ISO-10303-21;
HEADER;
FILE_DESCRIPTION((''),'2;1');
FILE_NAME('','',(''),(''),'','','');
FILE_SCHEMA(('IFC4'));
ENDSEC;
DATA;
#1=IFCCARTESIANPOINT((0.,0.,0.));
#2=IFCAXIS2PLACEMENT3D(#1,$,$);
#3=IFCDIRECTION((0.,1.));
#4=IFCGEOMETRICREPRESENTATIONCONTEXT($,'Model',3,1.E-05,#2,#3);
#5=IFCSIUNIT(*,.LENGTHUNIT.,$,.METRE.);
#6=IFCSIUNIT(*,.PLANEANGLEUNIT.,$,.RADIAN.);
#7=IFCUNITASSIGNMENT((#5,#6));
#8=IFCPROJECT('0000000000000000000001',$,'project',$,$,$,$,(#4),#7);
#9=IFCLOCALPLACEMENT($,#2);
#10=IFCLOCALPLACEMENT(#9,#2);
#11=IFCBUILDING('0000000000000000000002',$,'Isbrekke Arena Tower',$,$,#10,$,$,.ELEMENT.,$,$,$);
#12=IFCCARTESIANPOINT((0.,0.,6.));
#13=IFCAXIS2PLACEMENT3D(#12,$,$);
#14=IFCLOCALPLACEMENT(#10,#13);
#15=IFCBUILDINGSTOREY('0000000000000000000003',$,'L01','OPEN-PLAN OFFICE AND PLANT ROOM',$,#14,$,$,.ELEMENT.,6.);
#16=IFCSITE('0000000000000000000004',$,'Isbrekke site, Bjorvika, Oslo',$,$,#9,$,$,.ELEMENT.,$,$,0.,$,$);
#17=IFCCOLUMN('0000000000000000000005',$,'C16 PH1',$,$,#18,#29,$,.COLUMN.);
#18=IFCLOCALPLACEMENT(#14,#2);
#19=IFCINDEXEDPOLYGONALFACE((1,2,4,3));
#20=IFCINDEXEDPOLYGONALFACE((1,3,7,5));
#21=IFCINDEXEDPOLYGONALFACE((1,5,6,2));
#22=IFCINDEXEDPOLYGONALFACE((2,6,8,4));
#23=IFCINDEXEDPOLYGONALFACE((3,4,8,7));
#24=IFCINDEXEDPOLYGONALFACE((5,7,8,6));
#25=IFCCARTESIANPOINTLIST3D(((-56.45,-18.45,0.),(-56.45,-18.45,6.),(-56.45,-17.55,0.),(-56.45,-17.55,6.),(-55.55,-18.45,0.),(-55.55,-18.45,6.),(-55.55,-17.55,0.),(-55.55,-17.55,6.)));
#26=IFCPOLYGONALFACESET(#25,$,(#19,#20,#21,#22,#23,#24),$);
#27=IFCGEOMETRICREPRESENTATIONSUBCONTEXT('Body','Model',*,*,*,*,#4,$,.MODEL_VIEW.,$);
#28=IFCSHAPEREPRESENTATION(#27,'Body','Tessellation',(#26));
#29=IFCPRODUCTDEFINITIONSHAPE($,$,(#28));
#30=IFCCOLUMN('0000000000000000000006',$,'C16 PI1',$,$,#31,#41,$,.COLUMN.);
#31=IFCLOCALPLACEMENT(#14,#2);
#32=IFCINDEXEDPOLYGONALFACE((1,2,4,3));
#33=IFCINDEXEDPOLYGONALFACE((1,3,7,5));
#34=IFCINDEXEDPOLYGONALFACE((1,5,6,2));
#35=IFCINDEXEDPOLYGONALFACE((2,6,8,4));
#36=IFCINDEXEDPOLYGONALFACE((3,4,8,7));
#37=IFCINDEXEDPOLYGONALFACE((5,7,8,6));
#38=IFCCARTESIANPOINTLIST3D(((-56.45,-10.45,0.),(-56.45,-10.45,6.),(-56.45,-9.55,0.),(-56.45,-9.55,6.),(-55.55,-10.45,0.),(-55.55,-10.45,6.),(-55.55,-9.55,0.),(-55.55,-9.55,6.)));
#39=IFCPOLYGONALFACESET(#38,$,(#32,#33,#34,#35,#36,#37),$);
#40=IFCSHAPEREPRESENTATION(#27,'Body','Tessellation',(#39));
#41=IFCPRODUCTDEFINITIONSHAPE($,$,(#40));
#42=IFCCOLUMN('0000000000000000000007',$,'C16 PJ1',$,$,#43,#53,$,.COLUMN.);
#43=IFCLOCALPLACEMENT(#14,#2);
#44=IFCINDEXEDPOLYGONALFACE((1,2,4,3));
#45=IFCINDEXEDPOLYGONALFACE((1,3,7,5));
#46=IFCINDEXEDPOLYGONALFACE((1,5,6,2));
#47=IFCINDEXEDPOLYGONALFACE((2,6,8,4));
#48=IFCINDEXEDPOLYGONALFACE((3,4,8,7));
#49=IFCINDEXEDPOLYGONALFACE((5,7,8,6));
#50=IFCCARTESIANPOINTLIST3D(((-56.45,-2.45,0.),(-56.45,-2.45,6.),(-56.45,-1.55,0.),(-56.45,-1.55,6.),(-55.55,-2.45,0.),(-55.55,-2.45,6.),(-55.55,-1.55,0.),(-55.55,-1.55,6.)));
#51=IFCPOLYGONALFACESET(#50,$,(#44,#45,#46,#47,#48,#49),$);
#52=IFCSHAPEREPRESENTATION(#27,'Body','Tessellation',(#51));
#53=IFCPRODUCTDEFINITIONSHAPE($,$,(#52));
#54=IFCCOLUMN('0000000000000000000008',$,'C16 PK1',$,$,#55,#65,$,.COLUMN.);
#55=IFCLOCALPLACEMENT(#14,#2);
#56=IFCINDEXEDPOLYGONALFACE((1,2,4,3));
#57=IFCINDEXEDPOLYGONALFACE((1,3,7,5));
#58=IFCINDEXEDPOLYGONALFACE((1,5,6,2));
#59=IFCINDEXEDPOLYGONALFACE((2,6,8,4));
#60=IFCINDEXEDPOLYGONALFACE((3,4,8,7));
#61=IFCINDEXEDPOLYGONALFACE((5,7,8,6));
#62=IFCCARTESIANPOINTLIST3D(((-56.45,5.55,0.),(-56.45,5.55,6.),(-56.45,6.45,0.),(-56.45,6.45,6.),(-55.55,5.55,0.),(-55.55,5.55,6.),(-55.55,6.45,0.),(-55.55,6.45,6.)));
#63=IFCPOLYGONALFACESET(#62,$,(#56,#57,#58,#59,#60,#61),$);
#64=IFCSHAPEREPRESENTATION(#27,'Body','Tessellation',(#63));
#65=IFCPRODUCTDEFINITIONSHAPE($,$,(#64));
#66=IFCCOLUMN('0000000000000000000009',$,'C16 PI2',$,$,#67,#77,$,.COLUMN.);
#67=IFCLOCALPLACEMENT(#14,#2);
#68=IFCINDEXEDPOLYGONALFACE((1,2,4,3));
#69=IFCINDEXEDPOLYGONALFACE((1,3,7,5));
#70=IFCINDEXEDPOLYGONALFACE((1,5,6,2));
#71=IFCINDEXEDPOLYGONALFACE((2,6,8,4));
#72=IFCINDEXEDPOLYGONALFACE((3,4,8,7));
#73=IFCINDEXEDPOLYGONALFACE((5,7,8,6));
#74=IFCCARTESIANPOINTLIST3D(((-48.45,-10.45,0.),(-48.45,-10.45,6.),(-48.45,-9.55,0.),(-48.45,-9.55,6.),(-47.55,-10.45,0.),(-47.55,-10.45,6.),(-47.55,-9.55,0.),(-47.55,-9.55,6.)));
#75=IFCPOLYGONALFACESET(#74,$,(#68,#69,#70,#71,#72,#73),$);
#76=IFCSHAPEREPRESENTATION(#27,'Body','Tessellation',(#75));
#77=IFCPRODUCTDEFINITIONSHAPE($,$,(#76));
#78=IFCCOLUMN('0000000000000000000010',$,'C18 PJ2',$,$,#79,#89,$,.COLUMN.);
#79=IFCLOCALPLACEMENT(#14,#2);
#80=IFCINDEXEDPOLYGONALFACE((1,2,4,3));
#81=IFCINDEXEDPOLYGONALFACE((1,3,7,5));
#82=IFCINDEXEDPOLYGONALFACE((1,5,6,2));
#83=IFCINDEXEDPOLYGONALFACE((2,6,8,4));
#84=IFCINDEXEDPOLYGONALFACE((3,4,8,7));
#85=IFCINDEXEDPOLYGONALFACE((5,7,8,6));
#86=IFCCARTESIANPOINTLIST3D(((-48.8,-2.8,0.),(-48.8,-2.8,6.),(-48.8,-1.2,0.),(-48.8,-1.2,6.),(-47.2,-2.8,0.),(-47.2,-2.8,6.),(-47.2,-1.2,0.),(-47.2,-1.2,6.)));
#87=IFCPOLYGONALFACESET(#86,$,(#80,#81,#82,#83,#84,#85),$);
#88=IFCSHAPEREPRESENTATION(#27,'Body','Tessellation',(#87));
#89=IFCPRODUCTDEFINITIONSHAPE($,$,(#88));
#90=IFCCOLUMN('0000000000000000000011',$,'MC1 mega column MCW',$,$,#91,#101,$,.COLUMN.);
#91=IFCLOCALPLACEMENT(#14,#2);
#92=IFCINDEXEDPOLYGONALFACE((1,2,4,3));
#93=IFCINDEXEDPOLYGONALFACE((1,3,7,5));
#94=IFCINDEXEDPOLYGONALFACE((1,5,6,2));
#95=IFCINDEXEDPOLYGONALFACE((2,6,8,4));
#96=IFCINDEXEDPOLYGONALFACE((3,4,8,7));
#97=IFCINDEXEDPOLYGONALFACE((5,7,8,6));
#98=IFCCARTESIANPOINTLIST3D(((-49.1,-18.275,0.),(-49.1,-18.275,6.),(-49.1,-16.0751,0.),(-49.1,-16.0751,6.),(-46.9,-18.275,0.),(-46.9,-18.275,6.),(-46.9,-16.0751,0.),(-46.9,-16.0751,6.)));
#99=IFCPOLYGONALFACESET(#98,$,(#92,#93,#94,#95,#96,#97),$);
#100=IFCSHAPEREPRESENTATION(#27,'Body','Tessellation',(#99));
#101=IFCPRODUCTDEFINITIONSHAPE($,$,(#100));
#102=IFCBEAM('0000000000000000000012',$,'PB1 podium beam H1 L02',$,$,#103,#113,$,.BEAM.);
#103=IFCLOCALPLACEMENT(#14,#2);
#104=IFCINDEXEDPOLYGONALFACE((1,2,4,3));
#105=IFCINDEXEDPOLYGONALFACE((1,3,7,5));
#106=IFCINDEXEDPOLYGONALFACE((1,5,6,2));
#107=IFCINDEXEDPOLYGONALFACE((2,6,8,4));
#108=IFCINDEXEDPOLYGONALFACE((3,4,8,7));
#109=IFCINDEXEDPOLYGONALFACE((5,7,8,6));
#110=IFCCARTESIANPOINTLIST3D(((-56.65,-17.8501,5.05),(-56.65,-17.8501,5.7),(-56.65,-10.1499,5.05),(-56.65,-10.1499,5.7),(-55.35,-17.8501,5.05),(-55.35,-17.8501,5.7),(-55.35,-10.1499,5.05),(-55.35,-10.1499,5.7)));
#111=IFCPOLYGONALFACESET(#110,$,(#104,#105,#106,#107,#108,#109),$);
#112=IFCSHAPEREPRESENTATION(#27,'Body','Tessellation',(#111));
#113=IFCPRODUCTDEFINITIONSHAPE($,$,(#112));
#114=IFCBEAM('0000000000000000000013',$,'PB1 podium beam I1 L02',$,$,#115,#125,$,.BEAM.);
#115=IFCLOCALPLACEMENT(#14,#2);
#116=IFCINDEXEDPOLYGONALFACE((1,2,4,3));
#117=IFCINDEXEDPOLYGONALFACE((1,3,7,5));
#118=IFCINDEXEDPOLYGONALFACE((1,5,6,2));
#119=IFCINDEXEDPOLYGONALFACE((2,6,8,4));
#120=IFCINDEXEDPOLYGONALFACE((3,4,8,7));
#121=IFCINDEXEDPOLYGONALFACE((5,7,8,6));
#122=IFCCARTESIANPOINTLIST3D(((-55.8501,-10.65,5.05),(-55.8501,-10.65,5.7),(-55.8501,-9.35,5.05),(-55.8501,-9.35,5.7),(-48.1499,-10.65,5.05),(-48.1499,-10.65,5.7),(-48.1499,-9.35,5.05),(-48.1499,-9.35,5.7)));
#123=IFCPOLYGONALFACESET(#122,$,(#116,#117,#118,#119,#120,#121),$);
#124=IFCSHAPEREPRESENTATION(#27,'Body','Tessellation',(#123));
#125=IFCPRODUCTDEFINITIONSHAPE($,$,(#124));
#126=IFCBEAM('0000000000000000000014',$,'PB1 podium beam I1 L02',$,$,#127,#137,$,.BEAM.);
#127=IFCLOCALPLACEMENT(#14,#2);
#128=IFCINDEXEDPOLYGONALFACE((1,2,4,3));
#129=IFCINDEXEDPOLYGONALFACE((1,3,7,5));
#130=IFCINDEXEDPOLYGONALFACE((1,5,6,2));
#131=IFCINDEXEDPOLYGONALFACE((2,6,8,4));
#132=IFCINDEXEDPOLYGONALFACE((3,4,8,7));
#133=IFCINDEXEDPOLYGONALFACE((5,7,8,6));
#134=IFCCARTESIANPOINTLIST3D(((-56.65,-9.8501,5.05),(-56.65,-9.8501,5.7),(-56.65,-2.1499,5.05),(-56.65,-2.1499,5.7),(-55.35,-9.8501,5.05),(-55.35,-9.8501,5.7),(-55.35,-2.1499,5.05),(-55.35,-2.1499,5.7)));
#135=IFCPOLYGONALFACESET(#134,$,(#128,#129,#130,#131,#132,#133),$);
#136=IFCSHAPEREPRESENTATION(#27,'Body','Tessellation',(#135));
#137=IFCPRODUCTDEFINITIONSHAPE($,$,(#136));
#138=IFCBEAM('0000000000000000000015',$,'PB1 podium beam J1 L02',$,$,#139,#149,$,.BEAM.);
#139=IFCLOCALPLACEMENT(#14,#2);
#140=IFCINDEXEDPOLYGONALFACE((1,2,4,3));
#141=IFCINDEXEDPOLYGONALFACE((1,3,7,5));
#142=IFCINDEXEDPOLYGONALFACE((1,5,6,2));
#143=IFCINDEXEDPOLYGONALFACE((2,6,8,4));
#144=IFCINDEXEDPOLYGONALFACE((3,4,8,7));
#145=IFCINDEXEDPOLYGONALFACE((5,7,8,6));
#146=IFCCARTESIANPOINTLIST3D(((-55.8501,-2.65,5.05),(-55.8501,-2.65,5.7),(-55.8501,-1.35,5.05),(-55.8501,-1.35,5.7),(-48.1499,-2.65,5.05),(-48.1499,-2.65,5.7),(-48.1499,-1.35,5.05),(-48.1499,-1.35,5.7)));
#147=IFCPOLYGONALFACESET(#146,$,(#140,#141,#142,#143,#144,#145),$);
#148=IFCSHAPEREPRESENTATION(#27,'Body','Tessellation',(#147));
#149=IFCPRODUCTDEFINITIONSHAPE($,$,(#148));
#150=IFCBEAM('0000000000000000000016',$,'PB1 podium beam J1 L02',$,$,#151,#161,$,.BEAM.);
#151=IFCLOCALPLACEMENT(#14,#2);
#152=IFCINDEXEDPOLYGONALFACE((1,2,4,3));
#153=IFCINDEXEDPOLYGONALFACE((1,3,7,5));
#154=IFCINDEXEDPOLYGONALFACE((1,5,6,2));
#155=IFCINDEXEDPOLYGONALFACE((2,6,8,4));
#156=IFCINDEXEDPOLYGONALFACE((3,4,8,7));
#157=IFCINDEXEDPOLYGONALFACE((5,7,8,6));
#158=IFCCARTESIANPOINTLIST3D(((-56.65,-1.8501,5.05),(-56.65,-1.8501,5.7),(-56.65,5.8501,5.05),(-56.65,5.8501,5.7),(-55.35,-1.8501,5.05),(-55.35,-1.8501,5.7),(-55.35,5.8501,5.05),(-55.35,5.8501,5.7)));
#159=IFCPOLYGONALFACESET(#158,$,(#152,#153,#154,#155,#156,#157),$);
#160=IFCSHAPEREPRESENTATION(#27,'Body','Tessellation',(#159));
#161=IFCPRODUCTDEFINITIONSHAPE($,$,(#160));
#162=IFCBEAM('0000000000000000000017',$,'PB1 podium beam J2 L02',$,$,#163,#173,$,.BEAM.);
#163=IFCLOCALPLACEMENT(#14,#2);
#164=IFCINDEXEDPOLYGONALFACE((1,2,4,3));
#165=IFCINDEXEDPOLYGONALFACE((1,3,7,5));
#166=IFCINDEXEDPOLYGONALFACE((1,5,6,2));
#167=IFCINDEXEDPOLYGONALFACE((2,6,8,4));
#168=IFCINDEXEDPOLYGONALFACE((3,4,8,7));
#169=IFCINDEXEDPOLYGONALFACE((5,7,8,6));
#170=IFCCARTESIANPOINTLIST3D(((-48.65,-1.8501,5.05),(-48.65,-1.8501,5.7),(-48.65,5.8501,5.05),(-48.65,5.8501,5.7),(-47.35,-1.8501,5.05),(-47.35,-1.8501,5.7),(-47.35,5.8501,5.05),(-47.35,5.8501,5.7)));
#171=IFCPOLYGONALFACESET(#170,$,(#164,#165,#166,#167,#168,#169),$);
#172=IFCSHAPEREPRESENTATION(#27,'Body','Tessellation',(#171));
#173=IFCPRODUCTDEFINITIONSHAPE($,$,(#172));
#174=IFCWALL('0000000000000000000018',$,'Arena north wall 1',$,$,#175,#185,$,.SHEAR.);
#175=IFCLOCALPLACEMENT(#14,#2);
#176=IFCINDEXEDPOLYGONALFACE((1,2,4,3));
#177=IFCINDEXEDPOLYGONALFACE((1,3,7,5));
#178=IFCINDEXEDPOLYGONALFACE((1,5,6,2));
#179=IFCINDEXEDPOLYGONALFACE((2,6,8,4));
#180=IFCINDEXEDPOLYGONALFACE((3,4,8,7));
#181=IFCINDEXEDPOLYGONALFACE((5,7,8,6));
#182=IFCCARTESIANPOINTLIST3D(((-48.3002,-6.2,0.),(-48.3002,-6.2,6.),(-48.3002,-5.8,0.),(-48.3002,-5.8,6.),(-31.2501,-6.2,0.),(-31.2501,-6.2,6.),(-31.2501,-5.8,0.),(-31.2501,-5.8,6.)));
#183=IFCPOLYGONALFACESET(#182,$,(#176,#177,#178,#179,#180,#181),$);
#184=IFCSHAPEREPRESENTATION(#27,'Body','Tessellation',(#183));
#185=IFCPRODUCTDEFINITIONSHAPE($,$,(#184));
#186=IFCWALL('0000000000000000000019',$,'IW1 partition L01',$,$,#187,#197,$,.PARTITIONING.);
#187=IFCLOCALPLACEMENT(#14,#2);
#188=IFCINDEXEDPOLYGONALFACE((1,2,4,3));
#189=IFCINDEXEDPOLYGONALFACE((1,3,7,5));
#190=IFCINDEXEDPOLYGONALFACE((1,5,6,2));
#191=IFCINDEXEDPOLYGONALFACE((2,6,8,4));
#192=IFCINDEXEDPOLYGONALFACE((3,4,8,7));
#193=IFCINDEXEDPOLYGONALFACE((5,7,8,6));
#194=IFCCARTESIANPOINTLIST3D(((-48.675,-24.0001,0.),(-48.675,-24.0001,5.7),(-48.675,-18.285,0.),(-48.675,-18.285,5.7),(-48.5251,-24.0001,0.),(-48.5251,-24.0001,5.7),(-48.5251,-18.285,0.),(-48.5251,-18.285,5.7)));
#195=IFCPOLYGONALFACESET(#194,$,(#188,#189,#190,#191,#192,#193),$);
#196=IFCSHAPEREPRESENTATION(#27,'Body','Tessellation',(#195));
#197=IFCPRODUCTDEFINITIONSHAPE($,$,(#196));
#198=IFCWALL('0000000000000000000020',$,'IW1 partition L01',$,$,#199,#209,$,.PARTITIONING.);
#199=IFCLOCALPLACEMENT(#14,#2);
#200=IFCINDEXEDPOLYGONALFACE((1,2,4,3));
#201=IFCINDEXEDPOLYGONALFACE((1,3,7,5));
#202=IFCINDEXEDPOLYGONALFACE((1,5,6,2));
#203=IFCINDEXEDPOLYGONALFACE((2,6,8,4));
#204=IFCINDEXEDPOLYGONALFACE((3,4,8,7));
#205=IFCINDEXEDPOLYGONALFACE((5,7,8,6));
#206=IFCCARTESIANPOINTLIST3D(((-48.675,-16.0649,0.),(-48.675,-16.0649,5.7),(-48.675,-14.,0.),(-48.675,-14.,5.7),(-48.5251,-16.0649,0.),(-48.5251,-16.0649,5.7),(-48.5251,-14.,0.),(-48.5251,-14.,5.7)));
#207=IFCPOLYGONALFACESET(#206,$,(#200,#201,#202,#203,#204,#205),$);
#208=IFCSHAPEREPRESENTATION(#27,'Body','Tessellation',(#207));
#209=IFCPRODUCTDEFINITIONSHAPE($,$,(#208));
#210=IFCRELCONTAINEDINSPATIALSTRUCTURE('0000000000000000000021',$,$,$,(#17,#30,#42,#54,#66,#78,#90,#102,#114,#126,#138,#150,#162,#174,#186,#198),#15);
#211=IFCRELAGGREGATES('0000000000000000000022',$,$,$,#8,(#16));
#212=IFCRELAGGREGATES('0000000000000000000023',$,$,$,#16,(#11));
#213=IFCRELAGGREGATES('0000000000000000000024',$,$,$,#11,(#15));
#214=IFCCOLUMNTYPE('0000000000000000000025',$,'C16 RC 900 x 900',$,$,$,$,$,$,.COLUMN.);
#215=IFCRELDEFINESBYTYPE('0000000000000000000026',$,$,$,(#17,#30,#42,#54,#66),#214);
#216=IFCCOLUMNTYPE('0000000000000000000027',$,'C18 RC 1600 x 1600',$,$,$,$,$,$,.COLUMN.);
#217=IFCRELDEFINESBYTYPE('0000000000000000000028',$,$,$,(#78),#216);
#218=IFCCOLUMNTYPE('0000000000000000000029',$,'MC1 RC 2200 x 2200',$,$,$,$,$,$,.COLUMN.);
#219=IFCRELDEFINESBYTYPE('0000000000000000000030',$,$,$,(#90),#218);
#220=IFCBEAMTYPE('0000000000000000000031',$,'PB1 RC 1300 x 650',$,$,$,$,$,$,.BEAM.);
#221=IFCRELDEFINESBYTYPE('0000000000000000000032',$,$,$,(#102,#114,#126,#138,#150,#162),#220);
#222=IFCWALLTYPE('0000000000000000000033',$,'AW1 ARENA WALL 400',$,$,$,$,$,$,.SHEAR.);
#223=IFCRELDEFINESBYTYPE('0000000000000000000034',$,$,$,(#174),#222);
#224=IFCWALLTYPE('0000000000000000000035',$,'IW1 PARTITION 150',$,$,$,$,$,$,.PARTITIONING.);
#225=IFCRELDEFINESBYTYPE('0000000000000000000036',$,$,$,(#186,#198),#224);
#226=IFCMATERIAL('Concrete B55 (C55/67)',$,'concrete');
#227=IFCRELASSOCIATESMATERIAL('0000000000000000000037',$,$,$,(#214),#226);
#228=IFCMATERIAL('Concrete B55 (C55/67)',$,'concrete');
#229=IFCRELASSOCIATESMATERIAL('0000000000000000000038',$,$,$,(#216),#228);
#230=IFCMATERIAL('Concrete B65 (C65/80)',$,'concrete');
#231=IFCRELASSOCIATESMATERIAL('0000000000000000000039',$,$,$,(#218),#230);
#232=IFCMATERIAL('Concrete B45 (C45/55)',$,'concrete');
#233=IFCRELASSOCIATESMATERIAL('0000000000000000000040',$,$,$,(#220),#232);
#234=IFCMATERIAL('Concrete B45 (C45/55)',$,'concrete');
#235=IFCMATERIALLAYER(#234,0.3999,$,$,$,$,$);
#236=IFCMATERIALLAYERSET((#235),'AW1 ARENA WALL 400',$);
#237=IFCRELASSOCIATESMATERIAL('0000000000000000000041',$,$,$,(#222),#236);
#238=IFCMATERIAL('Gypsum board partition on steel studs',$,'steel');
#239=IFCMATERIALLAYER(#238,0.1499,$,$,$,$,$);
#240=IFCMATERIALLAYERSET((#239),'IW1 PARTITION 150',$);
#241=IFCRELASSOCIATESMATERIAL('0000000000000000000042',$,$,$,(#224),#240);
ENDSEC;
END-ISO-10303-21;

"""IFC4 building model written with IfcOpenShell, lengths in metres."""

from ifc_helpers import new_model, si_unit, direction, frame, frame_2d, origin, origin_2d, place, context, subcontext, project, spatial, rectangle, extrude, material, layer, layer_set, material_profile, profile_set, type_object, element, save


model = new_model("IFC4")

# Units and contexts
model_context = context("Model", 3, precision=1e-05, world=origin(), true_north=direction((0.0, 1.0)))
body_context = subcontext(model_context, "Body", "Model", "MODEL_VIEW")
ifc_project = project(units=[si_unit("LENGTHUNIT", "METRE"), si_unit("PLANEANGLEUNIT", "RADIAN")], contexts=[model_context])

# Site, building, storey
site_placement = place(None, origin())
site = spatial("IfcSite", under=ifc_project, at=site_placement, Name="Isbrekke site, Bjorvika, Oslo", CompositionType="ELEMENT", RefElevation=0.0)
building_placement = place(site_placement, origin())
building = spatial("IfcBuilding", under=site, at=building_placement, Name="Isbrekke Arena Tower", CompositionType="ELEMENT")
storey_placement = place(building_placement, frame((0.0, 0.0, 6.0)))
storey = spatial("IfcBuildingStorey", under=building, at=storey_placement, Name="L01", Description="OPEN-PLAN OFFICE AND PLANT ROOM", CompositionType="ELEMENT", Elevation=6.0)

# Columns
ifc_material_1 = material(Name="Concrete B55 (C55/67)", Category="concrete")
ifc_material_profile_1 = material_profile(ifc_material_1, rectangle(XDim=0.8999, YDim=0.8999, at=origin_2d()), Name="RC 900x900")
ifc_profile_set_1 = profile_set([ifc_material_profile_1], Name="Concrete B55 (C55/67)")
column_type_1 = type_object("IfcColumnType", Name="C16 RC 900 x 900", PredefinedType="COLUMN", material=ifc_profile_set_1)
for number, where, z_axis, x_axis, name in (
    (1, (-56.0, -18.0, 0.0), (0.0, 0.0, 1.0), (1.0, 0.0, 0.0), "C16 PH1"),
    (2, (-56.0, -10.0, 0.0), (0.0, 0.0, 1.0), (1.0, 0.0, 0.0), "C16 PI1"),
    (3, (-56.0, -2.0, 0.0), (0.0, 0.0, 1.0), (1.0, 0.0, 0.0), "C16 PJ1"),
    (4, (-56.0, 6.0, 0.0), (0.0, 0.0, 1.0), (1.0, 0.0, 0.0), "C16 PK1"),
    (5, (-48.0, -10.0, 0.0), (0.0, 0.0, 1.0), (1.0, 0.0, 0.0), "C16 PI2"),
):
    element("IfcColumn", number, at=place(storey_placement, frame(where, z_axis=z_axis, x_axis=x_axis)), inside=storey, type_object=column_type_1, Name=name, PredefinedType="COLUMN", context=body_context, shape_type="SweptSolid", body=[
        extrude(rectangle(XDim=0.8999, YDim=0.8999, at=origin_2d()), origin(), (0.0, 0.0, 1.0), 6.0),
    ])
ifc_material_2 = material(Name="Concrete B55 (C55/67)", Category="concrete")
ifc_material_profile_2 = material_profile(ifc_material_2, rectangle(XDim=1.6001, YDim=1.6001, at=origin_2d()), Name="RC 1600x1600")
ifc_profile_set_2 = profile_set([ifc_material_profile_2], Name="Concrete B55 (C55/67)")
column_type_2 = type_object("IfcColumnType", Name="C18 RC 1600 x 1600", PredefinedType="COLUMN", material=ifc_profile_set_2)
column_1_placement = place(storey_placement, frame((-48.0, -2.0, 0.0), z_axis=(0.0, 0.0, 1.0), x_axis=(1.0, 0.0, 0.0)))
element("IfcColumn", 6, at=column_1_placement, inside=storey, type_object=column_type_2, Name="C18 PJ2", PredefinedType="COLUMN", context=body_context, shape_type="SweptSolid", body=[
    extrude(rectangle(XDim=1.6001, YDim=1.6001, at=origin_2d()), origin(), (0.0, 0.0, 1.0), 6.0),
])
ifc_material_3 = material(Name="Concrete B65 (C65/80)", Category="concrete")
ifc_material_profile_3 = material_profile(ifc_material_3, rectangle(XDim=2.2, YDim=2.2, at=origin_2d()), Name="RC 2200x2200")
ifc_profile_set_3 = profile_set([ifc_material_profile_3], Name="Concrete B65 (C65/80)")
column_type_3 = type_object("IfcColumnType", Name="MC1 RC 2200 x 2200", PredefinedType="COLUMN", material=ifc_profile_set_3)
column_2_placement = place(storey_placement, frame((-48.0, -17.175, 0.0), z_axis=(0.0, 0.0, 1.0), x_axis=(1.0, 0.0, 0.0)))
element("IfcColumn", 7, at=column_2_placement, inside=storey, type_object=column_type_3, Name="MC1 mega column MCW", PredefinedType="COLUMN", context=body_context, shape_type="SweptSolid", body=[
    extrude(rectangle(XDim=2.2, YDim=2.2, at=origin_2d()), origin(), (0.0, 0.0, 1.0), 6.0),
])

# Beams
ifc_material_4 = material(Name="Concrete B45 (C45/55)", Category="concrete")
ifc_material_profile_4 = material_profile(ifc_material_4, rectangle(XDim=1.3, YDim=0.6499, at=origin_2d()), Name="RC 1300x650")
ifc_profile_set_4 = profile_set([ifc_material_profile_4], Name="Concrete B45 (C45/55)")
beam_type = type_object("IfcBeamType", Name="PB1 RC 1300 x 650", PredefinedType="BEAM", material=ifc_profile_set_4)
for number, where, z_axis, x_axis, name in (
    (8, (-56.0, -17.8501, 5.375), (0.0, 1.0, 0.0), (-1.0, 0.0, 0.0), "PB1 podium beam H1 L02"),
    (9, (-55.8501, -10.0, 5.375), (1.0, 0.0, 0.0), (0.0, 1.0, 0.0), "PB1 podium beam I1 L02"),
    (10, (-56.0, -9.8501, 5.375), (0.0, 1.0, 0.0), (-1.0, 0.0, 0.0), "PB1 podium beam I1 L02"),
    (11, (-55.8501, -2.0, 5.375), (1.0, 0.0, 0.0), (0.0, 1.0, 0.0), "PB1 podium beam J1 L02"),
    (12, (-56.0, -1.8501, 5.375), (0.0, 1.0, 0.0), (-1.0, 0.0, 0.0), "PB1 podium beam J1 L02"),
    (13, (-48.0, -1.8501, 5.375), (0.0, 1.0, 0.0), (-1.0, 0.0, 0.0), "PB1 podium beam J2 L02"),
):
    element("IfcBeam", number, at=place(storey_placement, frame(where, z_axis=z_axis, x_axis=x_axis)), inside=storey, type_object=beam_type, Name=name, PredefinedType="BEAM", context=body_context, shape_type="SweptSolid", body=[
        extrude(rectangle(XDim=1.3, YDim=0.6499, at=origin_2d()), origin(), (0.0, 0.0, 1.0), 7.7002),
    ])

# Walls
ifc_material_5 = material(Name="Concrete B45 (C45/55)", Category="concrete")
ifc_layer_1 = layer(ifc_material_5, 0.3999)
ifc_layer_set_1 = layer_set([ifc_layer_1], Name="AW1 ARENA WALL 400")
wall_type_1 = type_object("IfcWallType", Name="AW1 ARENA WALL 400", PredefinedType="SHEAR", material=ifc_layer_set_1)
wall_1_placement = place(storey_placement, frame((-48.3, -6.0, 0.0), z_axis=(0.0, 0.0, 1.0), x_axis=(1.0, 0.0, 0.0)))
element("IfcWall", 14, at=wall_1_placement, inside=storey, type_object=wall_type_1, Name="Arena north wall 1", PredefinedType="SHEAR", context=body_context, shape_type="SweptSolid", body=[
    extrude(rectangle(XDim=17.05, YDim=0.3999, at=frame_2d((8.5249, 0.0))), origin(), (0.0, 0.0, 1.0), 6.0),
])
ifc_material_6 = material(Name="Gypsum board partition on steel studs", Category="steel")
ifc_layer_2 = layer(ifc_material_6, 0.1499)
ifc_layer_set_2 = layer_set([ifc_layer_2], Name="IW1 PARTITION 150")
wall_type_2 = type_object("IfcWallType", Name="IW1 PARTITION 150", PredefinedType="PARTITIONING", material=ifc_layer_set_2)
wall_2_placement = place(storey_placement, frame((-48.6001, -24.0, 0.0), z_axis=(0.0, 0.0, 1.0), x_axis=(0.0, 1.0, 0.0)))
element("IfcWall", 15, at=wall_2_placement, inside=storey, type_object=wall_type_2, Name="IW1 partition L01", PredefinedType="PARTITIONING", context=body_context, shape_type="SweptSolid", body=[
    extrude(rectangle(XDim=5.7151, YDim=0.1499, at=frame_2d((2.8574, 0.0))), origin(), (0.0, 0.0, 1.0), 5.7),
])
wall_3_placement = place(storey_placement, frame((-48.6001, -16.0649, 0.0), z_axis=(0.0, 0.0, 1.0), x_axis=(0.0, 1.0, 0.0)))
element("IfcWall", 16, at=wall_3_placement, inside=storey, type_object=wall_type_2, Name="IW1 partition L01", PredefinedType="PARTITIONING", context=body_context, shape_type="SweptSolid", body=[
    extrude(rectangle(XDim=2.0649, YDim=0.1499, at=frame_2d((1.0325, 0.0))), origin(), (0.0, 0.0, 1.0), 5.7),
])

save(model, "model.ifc")
